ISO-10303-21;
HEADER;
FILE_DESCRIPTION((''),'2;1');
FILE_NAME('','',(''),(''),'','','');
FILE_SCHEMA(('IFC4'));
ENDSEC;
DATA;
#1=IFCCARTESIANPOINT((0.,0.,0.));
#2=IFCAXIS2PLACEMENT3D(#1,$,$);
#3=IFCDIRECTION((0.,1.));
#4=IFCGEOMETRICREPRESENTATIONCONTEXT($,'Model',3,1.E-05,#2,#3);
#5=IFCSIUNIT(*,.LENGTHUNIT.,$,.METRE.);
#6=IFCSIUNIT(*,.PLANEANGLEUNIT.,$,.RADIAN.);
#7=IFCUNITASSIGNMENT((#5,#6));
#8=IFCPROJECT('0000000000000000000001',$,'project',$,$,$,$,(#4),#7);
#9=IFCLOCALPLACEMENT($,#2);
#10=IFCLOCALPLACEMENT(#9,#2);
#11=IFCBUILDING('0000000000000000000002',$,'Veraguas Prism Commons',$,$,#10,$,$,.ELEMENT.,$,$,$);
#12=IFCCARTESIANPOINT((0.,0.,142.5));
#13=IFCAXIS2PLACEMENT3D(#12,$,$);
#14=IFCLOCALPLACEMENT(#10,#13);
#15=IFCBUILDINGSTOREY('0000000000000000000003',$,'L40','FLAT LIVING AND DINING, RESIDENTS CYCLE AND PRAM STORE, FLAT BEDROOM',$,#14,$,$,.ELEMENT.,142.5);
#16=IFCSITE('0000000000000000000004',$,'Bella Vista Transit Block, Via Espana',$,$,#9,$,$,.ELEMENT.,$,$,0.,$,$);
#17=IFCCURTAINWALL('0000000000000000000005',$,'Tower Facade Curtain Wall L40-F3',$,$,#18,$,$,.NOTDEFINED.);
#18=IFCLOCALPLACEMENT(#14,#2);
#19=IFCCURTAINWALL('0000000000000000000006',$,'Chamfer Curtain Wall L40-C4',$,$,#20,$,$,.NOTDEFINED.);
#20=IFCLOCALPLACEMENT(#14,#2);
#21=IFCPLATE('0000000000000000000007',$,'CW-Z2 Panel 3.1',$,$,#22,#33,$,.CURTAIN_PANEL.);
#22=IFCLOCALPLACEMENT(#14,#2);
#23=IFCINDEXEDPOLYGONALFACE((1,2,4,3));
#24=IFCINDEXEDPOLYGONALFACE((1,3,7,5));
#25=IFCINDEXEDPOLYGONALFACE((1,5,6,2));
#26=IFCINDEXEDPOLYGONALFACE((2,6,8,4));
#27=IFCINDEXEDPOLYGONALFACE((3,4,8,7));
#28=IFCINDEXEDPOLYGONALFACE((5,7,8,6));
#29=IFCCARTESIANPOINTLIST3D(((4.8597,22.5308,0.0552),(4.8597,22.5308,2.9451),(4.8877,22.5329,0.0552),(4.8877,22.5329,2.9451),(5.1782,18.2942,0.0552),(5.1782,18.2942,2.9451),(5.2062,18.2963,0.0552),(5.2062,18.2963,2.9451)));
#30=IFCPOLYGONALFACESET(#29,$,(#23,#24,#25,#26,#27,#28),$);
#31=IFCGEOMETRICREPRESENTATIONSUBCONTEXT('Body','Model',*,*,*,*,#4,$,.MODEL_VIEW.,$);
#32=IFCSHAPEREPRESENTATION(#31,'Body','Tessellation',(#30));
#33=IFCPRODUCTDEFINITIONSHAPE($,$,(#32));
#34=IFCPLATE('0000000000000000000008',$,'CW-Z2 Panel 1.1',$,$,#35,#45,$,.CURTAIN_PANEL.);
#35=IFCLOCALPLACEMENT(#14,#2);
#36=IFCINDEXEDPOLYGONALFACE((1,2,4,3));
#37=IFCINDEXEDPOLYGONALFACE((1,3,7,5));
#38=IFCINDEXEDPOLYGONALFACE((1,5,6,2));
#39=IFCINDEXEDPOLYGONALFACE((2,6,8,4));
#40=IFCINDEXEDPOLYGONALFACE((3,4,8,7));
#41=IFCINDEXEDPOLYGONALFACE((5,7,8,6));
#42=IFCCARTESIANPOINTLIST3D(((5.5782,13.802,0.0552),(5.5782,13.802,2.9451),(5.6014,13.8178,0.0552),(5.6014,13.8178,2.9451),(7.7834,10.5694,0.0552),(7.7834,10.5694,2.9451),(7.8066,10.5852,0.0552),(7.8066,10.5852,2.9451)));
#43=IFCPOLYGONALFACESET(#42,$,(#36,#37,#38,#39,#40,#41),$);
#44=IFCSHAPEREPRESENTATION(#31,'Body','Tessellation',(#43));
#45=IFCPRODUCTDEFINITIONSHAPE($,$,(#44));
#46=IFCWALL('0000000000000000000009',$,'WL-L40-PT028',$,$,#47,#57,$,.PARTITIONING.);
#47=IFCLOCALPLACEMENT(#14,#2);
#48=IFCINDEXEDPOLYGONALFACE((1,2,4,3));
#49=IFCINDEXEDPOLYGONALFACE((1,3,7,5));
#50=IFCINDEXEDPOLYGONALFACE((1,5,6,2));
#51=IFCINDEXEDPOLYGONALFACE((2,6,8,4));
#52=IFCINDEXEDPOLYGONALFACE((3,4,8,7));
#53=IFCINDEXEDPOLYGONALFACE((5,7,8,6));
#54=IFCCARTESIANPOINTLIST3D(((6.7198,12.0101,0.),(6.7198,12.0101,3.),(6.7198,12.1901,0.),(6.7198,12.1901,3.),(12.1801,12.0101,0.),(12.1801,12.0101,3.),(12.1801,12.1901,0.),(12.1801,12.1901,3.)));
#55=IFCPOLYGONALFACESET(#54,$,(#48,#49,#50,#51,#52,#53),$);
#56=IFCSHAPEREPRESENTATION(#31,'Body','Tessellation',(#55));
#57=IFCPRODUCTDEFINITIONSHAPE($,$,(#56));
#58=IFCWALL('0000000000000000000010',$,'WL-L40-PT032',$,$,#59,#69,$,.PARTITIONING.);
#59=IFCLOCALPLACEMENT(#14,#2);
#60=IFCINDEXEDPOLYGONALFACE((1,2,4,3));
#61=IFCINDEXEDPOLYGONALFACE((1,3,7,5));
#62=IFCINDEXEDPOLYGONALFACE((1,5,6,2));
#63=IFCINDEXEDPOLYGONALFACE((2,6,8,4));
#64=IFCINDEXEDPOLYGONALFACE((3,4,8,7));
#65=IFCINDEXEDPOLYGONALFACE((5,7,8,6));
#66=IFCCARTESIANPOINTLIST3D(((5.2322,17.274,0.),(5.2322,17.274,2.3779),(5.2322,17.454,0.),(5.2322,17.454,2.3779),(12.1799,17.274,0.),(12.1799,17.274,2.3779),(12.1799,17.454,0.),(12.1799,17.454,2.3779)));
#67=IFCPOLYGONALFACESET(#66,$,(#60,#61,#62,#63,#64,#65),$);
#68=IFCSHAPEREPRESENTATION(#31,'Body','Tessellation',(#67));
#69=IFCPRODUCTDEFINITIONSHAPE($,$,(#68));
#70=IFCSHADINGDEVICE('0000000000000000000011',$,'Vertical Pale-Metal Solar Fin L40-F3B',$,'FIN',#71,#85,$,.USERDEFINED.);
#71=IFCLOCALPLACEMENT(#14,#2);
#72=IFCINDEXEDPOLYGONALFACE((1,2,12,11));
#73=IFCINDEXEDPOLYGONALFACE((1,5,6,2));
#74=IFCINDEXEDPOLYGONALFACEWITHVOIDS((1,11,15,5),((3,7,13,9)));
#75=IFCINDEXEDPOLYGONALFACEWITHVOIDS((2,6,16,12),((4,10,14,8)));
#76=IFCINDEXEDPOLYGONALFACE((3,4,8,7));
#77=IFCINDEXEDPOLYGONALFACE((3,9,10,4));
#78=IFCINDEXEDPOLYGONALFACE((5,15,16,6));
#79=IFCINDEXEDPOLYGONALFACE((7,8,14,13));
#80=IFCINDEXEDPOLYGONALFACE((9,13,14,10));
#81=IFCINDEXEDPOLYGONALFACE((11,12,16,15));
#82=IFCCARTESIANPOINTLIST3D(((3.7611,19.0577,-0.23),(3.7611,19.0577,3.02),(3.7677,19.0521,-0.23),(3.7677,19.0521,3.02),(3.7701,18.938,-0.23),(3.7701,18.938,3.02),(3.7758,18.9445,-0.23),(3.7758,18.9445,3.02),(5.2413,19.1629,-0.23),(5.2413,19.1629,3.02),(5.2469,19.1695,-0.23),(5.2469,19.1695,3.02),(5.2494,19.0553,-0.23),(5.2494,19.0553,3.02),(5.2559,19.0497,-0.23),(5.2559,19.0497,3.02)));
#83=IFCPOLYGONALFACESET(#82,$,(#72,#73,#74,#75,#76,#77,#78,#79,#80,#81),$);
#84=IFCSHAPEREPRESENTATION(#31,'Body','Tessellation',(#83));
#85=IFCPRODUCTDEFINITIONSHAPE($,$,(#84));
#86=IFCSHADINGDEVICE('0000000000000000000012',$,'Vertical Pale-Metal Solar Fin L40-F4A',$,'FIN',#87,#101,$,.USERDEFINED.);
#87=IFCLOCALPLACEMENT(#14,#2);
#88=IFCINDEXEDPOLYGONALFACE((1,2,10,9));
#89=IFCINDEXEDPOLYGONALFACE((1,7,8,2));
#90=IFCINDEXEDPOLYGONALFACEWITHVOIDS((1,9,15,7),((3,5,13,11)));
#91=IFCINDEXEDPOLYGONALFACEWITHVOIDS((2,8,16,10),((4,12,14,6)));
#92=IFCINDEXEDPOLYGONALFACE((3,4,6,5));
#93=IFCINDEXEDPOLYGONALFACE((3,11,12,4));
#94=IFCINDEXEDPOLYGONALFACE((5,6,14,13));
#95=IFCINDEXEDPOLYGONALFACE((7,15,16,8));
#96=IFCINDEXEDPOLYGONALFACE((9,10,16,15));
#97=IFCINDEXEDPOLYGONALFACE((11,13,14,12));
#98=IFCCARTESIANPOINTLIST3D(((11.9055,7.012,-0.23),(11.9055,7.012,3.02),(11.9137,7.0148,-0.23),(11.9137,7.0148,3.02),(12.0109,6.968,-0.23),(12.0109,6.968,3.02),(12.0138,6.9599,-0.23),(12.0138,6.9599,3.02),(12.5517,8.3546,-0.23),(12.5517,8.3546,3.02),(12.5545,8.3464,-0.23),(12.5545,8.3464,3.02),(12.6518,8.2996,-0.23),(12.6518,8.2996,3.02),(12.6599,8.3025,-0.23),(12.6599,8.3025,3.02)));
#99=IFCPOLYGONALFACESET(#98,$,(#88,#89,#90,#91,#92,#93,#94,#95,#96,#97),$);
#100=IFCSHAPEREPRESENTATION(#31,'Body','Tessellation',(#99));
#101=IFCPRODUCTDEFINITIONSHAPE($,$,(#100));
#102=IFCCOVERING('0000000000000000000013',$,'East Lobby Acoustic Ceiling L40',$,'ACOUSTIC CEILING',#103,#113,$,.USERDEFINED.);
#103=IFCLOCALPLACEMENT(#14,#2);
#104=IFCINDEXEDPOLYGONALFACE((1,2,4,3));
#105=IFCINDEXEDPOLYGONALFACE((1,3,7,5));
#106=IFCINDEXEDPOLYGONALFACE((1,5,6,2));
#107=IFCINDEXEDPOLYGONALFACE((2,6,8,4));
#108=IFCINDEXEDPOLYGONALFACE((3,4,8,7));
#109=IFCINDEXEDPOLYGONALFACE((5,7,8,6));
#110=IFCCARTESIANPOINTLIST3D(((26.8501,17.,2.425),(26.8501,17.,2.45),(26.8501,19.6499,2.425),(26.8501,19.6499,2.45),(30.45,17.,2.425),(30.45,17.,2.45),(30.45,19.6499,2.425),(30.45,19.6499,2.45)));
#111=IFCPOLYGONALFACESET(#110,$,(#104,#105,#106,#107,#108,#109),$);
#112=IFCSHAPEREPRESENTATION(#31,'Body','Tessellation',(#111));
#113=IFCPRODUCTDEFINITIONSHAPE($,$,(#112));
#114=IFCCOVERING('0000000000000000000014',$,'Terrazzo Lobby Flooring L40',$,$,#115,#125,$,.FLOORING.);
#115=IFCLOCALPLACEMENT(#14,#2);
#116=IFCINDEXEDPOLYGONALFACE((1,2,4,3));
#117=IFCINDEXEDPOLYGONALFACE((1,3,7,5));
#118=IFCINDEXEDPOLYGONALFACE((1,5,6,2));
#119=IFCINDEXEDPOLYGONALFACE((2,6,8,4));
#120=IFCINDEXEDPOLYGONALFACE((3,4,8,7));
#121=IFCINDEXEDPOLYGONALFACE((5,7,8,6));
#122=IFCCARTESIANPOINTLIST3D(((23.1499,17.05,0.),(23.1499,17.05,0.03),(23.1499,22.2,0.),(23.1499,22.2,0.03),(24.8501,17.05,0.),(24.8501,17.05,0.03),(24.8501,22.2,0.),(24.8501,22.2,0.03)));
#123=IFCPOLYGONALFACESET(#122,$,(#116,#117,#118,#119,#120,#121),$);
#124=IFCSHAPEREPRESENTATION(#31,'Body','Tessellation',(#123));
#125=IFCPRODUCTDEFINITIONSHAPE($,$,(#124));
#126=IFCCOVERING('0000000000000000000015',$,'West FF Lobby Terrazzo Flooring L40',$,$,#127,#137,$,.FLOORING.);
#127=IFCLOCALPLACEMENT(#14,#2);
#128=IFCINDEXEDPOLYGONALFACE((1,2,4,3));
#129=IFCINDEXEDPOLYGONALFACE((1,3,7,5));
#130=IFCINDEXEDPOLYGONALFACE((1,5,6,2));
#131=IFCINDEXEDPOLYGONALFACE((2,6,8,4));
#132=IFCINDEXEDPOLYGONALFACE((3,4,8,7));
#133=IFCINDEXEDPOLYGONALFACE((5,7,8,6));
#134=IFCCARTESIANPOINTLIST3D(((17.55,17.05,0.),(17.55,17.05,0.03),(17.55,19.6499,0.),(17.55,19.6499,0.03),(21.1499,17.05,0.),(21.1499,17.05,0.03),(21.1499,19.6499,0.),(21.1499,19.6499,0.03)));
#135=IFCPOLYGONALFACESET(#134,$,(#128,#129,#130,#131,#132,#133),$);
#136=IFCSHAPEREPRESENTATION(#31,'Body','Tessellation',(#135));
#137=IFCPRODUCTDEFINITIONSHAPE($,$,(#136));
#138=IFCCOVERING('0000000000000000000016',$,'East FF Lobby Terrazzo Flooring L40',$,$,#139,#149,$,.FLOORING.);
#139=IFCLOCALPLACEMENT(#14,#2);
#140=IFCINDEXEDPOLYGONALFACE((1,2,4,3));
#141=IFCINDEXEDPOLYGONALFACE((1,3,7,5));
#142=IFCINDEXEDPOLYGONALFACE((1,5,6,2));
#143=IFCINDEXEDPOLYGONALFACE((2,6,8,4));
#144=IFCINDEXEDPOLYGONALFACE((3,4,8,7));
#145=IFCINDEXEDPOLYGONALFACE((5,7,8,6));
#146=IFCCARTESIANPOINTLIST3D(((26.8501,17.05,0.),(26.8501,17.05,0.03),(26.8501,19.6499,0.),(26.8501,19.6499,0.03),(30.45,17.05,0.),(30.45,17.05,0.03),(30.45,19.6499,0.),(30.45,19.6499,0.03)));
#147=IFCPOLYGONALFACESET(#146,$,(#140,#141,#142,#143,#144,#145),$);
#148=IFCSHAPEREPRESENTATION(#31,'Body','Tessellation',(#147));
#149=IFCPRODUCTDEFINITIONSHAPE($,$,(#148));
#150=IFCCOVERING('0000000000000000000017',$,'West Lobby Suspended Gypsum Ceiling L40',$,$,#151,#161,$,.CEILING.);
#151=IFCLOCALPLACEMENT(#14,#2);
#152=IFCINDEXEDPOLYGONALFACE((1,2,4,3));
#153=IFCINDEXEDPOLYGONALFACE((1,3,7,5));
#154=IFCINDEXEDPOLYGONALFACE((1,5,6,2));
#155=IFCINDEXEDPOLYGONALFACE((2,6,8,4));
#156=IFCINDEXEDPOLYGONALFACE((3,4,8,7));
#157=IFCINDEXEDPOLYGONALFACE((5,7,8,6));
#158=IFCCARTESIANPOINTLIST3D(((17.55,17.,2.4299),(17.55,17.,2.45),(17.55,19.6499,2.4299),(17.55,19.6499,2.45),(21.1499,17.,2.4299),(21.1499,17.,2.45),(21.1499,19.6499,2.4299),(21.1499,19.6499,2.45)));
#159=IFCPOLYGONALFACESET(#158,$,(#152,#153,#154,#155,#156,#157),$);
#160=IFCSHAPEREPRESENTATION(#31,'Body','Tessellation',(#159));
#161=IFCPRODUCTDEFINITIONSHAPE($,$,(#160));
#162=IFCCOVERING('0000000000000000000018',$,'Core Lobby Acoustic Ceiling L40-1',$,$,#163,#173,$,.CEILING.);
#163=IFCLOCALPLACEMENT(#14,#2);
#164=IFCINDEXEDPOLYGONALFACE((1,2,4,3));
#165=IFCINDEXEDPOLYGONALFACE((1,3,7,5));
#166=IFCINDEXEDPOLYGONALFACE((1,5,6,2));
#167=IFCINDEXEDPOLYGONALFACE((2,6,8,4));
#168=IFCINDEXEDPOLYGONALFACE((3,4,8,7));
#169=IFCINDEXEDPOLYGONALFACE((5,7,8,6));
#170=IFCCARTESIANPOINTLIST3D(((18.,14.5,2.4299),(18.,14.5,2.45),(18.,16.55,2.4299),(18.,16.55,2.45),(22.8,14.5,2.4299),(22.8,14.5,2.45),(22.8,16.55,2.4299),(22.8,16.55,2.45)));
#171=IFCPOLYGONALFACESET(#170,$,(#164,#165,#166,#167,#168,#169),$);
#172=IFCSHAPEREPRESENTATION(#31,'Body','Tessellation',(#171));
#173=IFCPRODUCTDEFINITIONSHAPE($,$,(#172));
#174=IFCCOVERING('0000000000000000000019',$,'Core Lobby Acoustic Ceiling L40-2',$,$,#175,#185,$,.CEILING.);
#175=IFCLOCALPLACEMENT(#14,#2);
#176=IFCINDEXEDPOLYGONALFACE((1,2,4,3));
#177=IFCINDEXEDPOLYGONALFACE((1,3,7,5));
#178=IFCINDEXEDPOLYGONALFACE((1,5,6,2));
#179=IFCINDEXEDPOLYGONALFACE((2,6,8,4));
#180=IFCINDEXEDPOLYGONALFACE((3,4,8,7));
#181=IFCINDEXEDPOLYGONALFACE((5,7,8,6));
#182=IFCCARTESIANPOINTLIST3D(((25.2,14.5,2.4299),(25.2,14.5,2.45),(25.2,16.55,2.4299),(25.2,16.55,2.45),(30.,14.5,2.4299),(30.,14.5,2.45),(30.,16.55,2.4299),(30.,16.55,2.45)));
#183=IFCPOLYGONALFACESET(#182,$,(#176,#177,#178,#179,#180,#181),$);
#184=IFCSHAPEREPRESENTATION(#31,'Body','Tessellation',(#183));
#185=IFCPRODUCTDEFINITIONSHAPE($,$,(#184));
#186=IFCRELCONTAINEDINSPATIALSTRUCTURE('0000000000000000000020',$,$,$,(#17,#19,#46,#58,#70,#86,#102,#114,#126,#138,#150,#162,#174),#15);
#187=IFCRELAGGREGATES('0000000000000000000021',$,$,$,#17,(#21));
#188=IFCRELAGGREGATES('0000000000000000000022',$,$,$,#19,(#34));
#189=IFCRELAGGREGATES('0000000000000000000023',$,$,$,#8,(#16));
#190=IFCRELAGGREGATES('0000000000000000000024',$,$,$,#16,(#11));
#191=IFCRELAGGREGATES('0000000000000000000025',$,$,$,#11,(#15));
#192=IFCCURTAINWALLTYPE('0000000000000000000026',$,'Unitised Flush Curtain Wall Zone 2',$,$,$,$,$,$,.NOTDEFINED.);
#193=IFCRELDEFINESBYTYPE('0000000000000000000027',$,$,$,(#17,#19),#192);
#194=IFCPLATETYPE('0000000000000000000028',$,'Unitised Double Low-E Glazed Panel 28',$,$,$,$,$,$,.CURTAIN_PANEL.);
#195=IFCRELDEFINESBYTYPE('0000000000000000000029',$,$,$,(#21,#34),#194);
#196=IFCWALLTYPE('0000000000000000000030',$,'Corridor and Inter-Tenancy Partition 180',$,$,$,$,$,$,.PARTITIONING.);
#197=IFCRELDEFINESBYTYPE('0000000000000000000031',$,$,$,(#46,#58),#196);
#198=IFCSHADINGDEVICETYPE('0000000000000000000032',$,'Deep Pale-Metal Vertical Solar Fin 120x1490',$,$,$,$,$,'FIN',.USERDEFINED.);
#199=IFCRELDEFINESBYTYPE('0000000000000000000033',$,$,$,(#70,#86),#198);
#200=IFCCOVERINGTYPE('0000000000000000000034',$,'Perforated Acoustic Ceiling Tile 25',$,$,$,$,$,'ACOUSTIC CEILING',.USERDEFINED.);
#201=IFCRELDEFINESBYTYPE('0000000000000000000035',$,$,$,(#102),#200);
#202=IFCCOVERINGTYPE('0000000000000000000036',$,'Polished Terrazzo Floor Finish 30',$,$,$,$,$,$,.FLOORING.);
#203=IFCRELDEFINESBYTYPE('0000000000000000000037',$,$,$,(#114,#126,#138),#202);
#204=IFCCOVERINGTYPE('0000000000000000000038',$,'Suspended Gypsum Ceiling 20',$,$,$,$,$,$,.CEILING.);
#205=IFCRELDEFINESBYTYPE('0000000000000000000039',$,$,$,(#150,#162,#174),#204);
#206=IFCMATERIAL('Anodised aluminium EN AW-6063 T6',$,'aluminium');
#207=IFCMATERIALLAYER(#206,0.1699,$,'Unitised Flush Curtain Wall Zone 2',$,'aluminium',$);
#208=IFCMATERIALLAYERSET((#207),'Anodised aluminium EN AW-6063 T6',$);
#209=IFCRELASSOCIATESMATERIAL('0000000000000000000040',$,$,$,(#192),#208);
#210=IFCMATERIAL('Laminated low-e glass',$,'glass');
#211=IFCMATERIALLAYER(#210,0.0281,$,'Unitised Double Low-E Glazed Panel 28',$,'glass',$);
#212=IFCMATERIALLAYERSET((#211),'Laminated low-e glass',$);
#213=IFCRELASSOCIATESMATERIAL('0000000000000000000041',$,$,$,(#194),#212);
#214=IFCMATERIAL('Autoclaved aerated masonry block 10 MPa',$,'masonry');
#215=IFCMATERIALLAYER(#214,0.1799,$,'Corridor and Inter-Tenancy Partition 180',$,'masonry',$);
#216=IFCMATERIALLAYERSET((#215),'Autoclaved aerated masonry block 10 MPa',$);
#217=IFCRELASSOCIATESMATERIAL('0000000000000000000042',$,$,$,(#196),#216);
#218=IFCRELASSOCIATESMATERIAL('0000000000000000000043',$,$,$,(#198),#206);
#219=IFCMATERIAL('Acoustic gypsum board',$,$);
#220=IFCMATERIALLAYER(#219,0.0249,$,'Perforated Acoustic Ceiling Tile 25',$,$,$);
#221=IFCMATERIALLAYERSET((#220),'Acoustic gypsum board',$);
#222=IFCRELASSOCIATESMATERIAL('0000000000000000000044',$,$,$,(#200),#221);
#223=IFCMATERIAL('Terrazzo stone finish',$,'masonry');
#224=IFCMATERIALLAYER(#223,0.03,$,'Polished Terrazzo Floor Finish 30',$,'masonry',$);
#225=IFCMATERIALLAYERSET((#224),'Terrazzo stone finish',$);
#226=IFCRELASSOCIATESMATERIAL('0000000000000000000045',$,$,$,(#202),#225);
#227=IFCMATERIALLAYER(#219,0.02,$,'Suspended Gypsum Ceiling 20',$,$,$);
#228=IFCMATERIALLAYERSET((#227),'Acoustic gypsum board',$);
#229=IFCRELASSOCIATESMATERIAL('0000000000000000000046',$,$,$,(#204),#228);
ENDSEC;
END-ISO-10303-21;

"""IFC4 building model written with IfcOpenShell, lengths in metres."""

from ifc_helpers import new_model, si_unit, direction, frame, frame_2d, origin, origin_2d, place, context, subcontext, project, spatial, polyline, rectangle, hollow_rectangle, outline, extrude, source, transform, mapped, material, layer, layer_set, material_profile, profile_set, type_object, element, aggregate, save


model = new_model("IFC4")

# Units and contexts
model_context = context("Model", 3, precision=1e-05, world=origin(), true_north=direction((0.0, 1.0)))
body_context = subcontext(model_context, "Body", "Model", "MODEL_VIEW")
ifc_project = project(units=[si_unit("LENGTHUNIT", "METRE"), si_unit("PLANEANGLEUNIT", "RADIAN")], contexts=[model_context])

# Site, building, storey
site_placement = place(None, origin())
site = spatial("IfcSite", under=ifc_project, at=site_placement, Name="Bella Vista Transit Block, Via Espana", CompositionType="ELEMENT", RefElevation=0.0)
building_placement = place(site_placement, origin())
building = spatial("IfcBuilding", under=site, at=building_placement, Name="Veraguas Prism Commons", CompositionType="ELEMENT")
storey_placement = place(building_placement, frame((0.0, 0.0, 142.5)))
storey = spatial("IfcBuildingStorey", under=building, at=storey_placement, Name="L40", Description="FLAT LIVING AND DINING, RESIDENTS CYCLE AND PRAM STORE, FLAT BEDROOM", CompositionType="ELEMENT", Elevation=142.5)

# Curtain walls
ifc_material_1 = material(Name="Anodised aluminium EN AW-6063 T6", Category="aluminium")
ifc_layer_1 = layer(ifc_material_1, 0.1699, Name="Unitised Flush Curtain Wall Zone 2", Category="aluminium")
ifc_layer_set_1 = layer_set([ifc_layer_1], Name="Anodised aluminium EN AW-6063 T6")
curtain_wall_type = type_object("IfcCurtainWallType", Name="Unitised Flush Curtain Wall Zone 2", PredefinedType="NOTDEFINED", material=ifc_layer_set_1)
curtain_wall_1_placement = place(storey_placement, origin())
curtain_wall_1 = element("IfcCurtainWall", 1, at=curtain_wall_1_placement, inside=storey, type_object=curtain_wall_type, Name="Tower Facade Curtain Wall L40-F3", PredefinedType="NOTDEFINED")
curtain_wall_2_placement = place(storey_placement, origin())
curtain_wall_2 = element("IfcCurtainWall", 2, at=curtain_wall_2_placement, inside=storey, type_object=curtain_wall_type, Name="Chamfer Curtain Wall L40-C4", PredefinedType="NOTDEFINED")

# Plates
ifc_material_2 = material(Name="Laminated low-e glass", Category="glass")
ifc_layer_2 = layer(ifc_material_2, 0.0281, Name="Unitised Double Low-E Glazed Panel 28", Category="glass")
ifc_layer_set_2 = layer_set([ifc_layer_2], Name="Laminated low-e glass")
plate_type = type_object("IfcPlateType", Name="Unitised Double Low-E Glazed Panel 28", PredefinedType="CURTAIN_PANEL", material=ifc_layer_set_2)
shared_shape_1 = source(origin(), body_context, "Body", "SweptSolid", [
    extrude(rectangle(XDim=4.2485, YDim=0.0281, at=origin_2d()), origin(), (0.0, 0.0, 1.0), 2.8899),
])
plate_1_placement = place(storey_placement, frame((5.033, 20.4136, 0.0552), z_axis=(0.0, 0.0, 1.0), x_axis=(0.074979, -0.997185, 0.0)))
plate_1 = element("IfcPlate", 3, at=plate_1_placement, type_object=plate_type, Name="CW-Z2 Panel 3.1", PredefinedType="CURTAIN_PANEL", context=body_context, shape_type="MappedRepresentation", body=[
    mapped(shared_shape_1, transform((0.0, 0.0, 0.0), scale=1.0)),
])
aggregate(curtain_wall_1, [plate_1])
shared_shape_2 = source(origin(), body_context, "Body", "SweptSolid", [
    extrude(rectangle(XDim=3.9131, YDim=0.0281, at=origin_2d()), origin(), (0.0, 0.0, 1.0), 2.8899),
])
plate_2_placement = place(storey_placement, frame((6.6924, 12.1936, 0.0552), z_axis=(0.0, 0.0, 1.0), x_axis=(0.563538, -0.82609, 0.0)))
plate_2 = element("IfcPlate", 4, at=plate_2_placement, type_object=plate_type, Name="CW-Z2 Panel 1.1", PredefinedType="CURTAIN_PANEL", context=body_context, shape_type="MappedRepresentation", body=[
    mapped(shared_shape_2, transform((0.0, 0.0, 0.0), scale=1.0)),
])
aggregate(curtain_wall_2, [plate_2])

# Walls
ifc_material_3 = material(Name="Autoclaved aerated masonry block 10 MPa", Category="masonry")
ifc_layer_3 = layer(ifc_material_3, 0.1799, Name="Corridor and Inter-Tenancy Partition 180", Category="masonry")
ifc_layer_set_3 = layer_set([ifc_layer_3], Name="Autoclaved aerated masonry block 10 MPa")
wall_type = type_object("IfcWallType", Name="Corridor and Inter-Tenancy Partition 180", PredefinedType="PARTITIONING", material=ifc_layer_set_3)
wall_1_placement = place(storey_placement, frame((12.1799, 12.1001, 0.0), z_axis=(0.0, 0.0, 1.0), x_axis=(-1.0, 0.0, 0.0)))
element("IfcWall", 5, at=wall_1_placement, inside=storey, type_object=wall_type, Name="WL-L40-PT028", PredefinedType="PARTITIONING", context=body_context, shape_type="SweptSolid", body=[
    extrude(rectangle(XDim=5.4602, YDim=0.1799, at=frame_2d((2.73, 0.0))), origin(), (0.0, 0.0, 1.0), 3.0),
])
wall_2_placement = place(storey_placement, frame((12.1799, 17.364, 0.0), z_axis=(0.0, 0.0, 1.0), x_axis=(-1.0, 0.0, 0.0)))
element("IfcWall", 6, at=wall_2_placement, inside=storey, type_object=wall_type, Name="WL-L40-PT032", PredefinedType="PARTITIONING", context=body_context, shape_type="SweptSolid", body=[
    extrude(rectangle(XDim=6.9478, YDim=0.1799, at=frame_2d((3.4739, 0.0))), origin(), (0.0, 0.0, 1.0), 2.3779),
])

# Shading devices
ifc_material_profile_1 = material_profile(ifc_material_1, hollow_rectangle(XDim=0.1201, YDim=1.49, WallThickness=0.0061, at=origin_2d()), Name="FIN120X1490X6")
ifc_profile_set_1 = profile_set([ifc_material_profile_1], Name="Anodised aluminium EN AW-6063 T6")
shading_device_type = type_object("IfcShadingDeviceType", Name="Deep Pale-Metal Vertical Solar Fin 120x1490", ElementType="FIN", PredefinedType="USERDEFINED", material=ifc_profile_set_1)
for number, where, z_axis, x_axis, name in (
    (7, (4.5085, 19.0537, -0.23), (0.0, 0.0, 1.0), (0.074979, -0.997185, 0.0), "Vertical Pale-Metal Solar Fin L40-F3B"),
    (8, (12.2827, 7.6572, -0.23), (0.0, 0.0, 1.0), (0.901077, -0.433659, 0.0), "Vertical Pale-Metal Solar Fin L40-F4A"),
):
    element("IfcShadingDevice", number, at=place(storey_placement, frame(where, z_axis=z_axis, x_axis=x_axis)), inside=storey, type_object=shading_device_type, Name=name, ObjectType="FIN", PredefinedType="USERDEFINED", context=body_context, shape_type="SweptSolid", body=[
        extrude(hollow_rectangle(XDim=0.1201, YDim=1.49, WallThickness=0.0061, at=origin_2d()), origin(), (0.0, 0.0, 1.0), 3.25),
    ])

# Coverings
ifc_material_4 = material(Name="Acoustic gypsum board")
ifc_layer_4 = layer(ifc_material_4, 0.0249, Name="Perforated Acoustic Ceiling Tile 25")
ifc_layer_set_4 = layer_set([ifc_layer_4], Name="Acoustic gypsum board")
covering_type_1 = type_object("IfcCoveringType", Name="Perforated Acoustic Ceiling Tile 25", ElementType="ACOUSTIC CEILING", PredefinedType="USERDEFINED", material=ifc_layer_set_4)
covering_1_placement = place(storey_placement, frame((0.0, 0.0, 2.425)))
element("IfcCovering", 9, at=covering_1_placement, inside=storey, type_object=covering_type_1, Name="East Lobby Acoustic Ceiling L40", ObjectType="ACOUSTIC CEILING", PredefinedType="USERDEFINED", context=body_context, shape_type="SweptSolid", body=[
    extrude(outline(polyline([(26.8501, 17.0), (30.45, 17.0), (30.45, 19.6499), (26.8501, 19.6499), (26.8501, 17.0)])), origin(), (0.0, 0.0, 1.0), 0.0249),
])
ifc_material_5 = material(Name="Terrazzo stone finish", Category="masonry")
ifc_layer_5 = layer(ifc_material_5, 0.03, Name="Polished Terrazzo Floor Finish 30", Category="masonry")
ifc_layer_set_5 = layer_set([ifc_layer_5], Name="Terrazzo stone finish")
covering_type_2 = type_object("IfcCoveringType", Name="Polished Terrazzo Floor Finish 30", PredefinedType="FLOORING", material=ifc_layer_set_5)
covering_2_placement = place(storey_placement, origin())
element("IfcCovering", 10, at=covering_2_placement, inside=storey, type_object=covering_type_2, Name="Terrazzo Lobby Flooring L40", PredefinedType="FLOORING", context=body_context, shape_type="SweptSolid", body=[
    extrude(outline(polyline([(23.1499, 17.05), (24.8501, 17.05), (24.8501, 22.2), (23.1499, 22.2), (23.1499, 17.05)])), origin(), (0.0, 0.0, 1.0), 0.03),
])
covering_3_placement = place(storey_placement, origin())
element("IfcCovering", 11, at=covering_3_placement, inside=storey, type_object=covering_type_2, Name="West FF Lobby Terrazzo Flooring L40", PredefinedType="FLOORING", context=body_context, shape_type="SweptSolid", body=[
    extrude(outline(polyline([(17.55, 17.05), (21.1499, 17.05), (21.1499, 19.6499), (17.55, 19.6499), (17.55, 17.05)])), origin(), (0.0, 0.0, 1.0), 0.03),
])
covering_4_placement = place(storey_placement, origin())
element("IfcCovering", 12, at=covering_4_placement, inside=storey, type_object=covering_type_2, Name="East FF Lobby Terrazzo Flooring L40", PredefinedType="FLOORING", context=body_context, shape_type="SweptSolid", body=[
    extrude(outline(polyline([(26.8501, 17.05), (30.45, 17.05), (30.45, 19.6499), (26.8501, 19.6499), (26.8501, 17.05)])), origin(), (0.0, 0.0, 1.0), 0.03),
])
ifc_layer_6 = layer(ifc_material_4, 0.02, Name="Suspended Gypsum Ceiling 20")
ifc_layer_set_6 = layer_set([ifc_layer_6], Name="Acoustic gypsum board")
covering_type_3 = type_object("IfcCoveringType", Name="Suspended Gypsum Ceiling 20", PredefinedType="CEILING", material=ifc_layer_set_6)
covering_5_placement = place(storey_placement, frame((0.0, 0.0, 2.4299)))
element("IfcCovering", 13, at=covering_5_placement, inside=storey, type_object=covering_type_3, Name="West Lobby Suspended Gypsum Ceiling L40", PredefinedType="CEILING", context=body_context, shape_type="SweptSolid", body=[
    extrude(outline(polyline([(17.55, 17.0), (21.1499, 17.0), (21.1499, 19.6499), (17.55, 19.6499), (17.55, 17.0)])), origin(), (0.0, 0.0, 1.0), 0.02),
])
covering_6_placement = place(storey_placement, frame((0.0, 0.0, 2.4299)))
element("IfcCovering", 14, at=covering_6_placement, inside=storey, type_object=covering_type_3, Name="Core Lobby Acoustic Ceiling L40-1", PredefinedType="CEILING", context=body_context, shape_type="SweptSolid", body=[
    extrude(outline(polyline([(18.0, 14.5), (22.8, 14.5), (22.8, 16.55), (18.0, 16.55), (18.0, 14.5)])), origin(), (0.0, 0.0, 1.0), 0.02),
])
covering_7_placement = place(storey_placement, frame((0.0, 0.0, 2.4299)))
element("IfcCovering", 15, at=covering_7_placement, inside=storey, type_object=covering_type_3, Name="Core Lobby Acoustic Ceiling L40-2", PredefinedType="CEILING", context=body_context, shape_type="SweptSolid", body=[
    extrude(outline(polyline([(25.2, 14.5), (30.0, 14.5), (30.0, 16.55), (25.2, 16.55), (25.2, 14.5)])), origin(), (0.0, 0.0, 1.0), 0.02),
])

save(model, "model.ifc")
